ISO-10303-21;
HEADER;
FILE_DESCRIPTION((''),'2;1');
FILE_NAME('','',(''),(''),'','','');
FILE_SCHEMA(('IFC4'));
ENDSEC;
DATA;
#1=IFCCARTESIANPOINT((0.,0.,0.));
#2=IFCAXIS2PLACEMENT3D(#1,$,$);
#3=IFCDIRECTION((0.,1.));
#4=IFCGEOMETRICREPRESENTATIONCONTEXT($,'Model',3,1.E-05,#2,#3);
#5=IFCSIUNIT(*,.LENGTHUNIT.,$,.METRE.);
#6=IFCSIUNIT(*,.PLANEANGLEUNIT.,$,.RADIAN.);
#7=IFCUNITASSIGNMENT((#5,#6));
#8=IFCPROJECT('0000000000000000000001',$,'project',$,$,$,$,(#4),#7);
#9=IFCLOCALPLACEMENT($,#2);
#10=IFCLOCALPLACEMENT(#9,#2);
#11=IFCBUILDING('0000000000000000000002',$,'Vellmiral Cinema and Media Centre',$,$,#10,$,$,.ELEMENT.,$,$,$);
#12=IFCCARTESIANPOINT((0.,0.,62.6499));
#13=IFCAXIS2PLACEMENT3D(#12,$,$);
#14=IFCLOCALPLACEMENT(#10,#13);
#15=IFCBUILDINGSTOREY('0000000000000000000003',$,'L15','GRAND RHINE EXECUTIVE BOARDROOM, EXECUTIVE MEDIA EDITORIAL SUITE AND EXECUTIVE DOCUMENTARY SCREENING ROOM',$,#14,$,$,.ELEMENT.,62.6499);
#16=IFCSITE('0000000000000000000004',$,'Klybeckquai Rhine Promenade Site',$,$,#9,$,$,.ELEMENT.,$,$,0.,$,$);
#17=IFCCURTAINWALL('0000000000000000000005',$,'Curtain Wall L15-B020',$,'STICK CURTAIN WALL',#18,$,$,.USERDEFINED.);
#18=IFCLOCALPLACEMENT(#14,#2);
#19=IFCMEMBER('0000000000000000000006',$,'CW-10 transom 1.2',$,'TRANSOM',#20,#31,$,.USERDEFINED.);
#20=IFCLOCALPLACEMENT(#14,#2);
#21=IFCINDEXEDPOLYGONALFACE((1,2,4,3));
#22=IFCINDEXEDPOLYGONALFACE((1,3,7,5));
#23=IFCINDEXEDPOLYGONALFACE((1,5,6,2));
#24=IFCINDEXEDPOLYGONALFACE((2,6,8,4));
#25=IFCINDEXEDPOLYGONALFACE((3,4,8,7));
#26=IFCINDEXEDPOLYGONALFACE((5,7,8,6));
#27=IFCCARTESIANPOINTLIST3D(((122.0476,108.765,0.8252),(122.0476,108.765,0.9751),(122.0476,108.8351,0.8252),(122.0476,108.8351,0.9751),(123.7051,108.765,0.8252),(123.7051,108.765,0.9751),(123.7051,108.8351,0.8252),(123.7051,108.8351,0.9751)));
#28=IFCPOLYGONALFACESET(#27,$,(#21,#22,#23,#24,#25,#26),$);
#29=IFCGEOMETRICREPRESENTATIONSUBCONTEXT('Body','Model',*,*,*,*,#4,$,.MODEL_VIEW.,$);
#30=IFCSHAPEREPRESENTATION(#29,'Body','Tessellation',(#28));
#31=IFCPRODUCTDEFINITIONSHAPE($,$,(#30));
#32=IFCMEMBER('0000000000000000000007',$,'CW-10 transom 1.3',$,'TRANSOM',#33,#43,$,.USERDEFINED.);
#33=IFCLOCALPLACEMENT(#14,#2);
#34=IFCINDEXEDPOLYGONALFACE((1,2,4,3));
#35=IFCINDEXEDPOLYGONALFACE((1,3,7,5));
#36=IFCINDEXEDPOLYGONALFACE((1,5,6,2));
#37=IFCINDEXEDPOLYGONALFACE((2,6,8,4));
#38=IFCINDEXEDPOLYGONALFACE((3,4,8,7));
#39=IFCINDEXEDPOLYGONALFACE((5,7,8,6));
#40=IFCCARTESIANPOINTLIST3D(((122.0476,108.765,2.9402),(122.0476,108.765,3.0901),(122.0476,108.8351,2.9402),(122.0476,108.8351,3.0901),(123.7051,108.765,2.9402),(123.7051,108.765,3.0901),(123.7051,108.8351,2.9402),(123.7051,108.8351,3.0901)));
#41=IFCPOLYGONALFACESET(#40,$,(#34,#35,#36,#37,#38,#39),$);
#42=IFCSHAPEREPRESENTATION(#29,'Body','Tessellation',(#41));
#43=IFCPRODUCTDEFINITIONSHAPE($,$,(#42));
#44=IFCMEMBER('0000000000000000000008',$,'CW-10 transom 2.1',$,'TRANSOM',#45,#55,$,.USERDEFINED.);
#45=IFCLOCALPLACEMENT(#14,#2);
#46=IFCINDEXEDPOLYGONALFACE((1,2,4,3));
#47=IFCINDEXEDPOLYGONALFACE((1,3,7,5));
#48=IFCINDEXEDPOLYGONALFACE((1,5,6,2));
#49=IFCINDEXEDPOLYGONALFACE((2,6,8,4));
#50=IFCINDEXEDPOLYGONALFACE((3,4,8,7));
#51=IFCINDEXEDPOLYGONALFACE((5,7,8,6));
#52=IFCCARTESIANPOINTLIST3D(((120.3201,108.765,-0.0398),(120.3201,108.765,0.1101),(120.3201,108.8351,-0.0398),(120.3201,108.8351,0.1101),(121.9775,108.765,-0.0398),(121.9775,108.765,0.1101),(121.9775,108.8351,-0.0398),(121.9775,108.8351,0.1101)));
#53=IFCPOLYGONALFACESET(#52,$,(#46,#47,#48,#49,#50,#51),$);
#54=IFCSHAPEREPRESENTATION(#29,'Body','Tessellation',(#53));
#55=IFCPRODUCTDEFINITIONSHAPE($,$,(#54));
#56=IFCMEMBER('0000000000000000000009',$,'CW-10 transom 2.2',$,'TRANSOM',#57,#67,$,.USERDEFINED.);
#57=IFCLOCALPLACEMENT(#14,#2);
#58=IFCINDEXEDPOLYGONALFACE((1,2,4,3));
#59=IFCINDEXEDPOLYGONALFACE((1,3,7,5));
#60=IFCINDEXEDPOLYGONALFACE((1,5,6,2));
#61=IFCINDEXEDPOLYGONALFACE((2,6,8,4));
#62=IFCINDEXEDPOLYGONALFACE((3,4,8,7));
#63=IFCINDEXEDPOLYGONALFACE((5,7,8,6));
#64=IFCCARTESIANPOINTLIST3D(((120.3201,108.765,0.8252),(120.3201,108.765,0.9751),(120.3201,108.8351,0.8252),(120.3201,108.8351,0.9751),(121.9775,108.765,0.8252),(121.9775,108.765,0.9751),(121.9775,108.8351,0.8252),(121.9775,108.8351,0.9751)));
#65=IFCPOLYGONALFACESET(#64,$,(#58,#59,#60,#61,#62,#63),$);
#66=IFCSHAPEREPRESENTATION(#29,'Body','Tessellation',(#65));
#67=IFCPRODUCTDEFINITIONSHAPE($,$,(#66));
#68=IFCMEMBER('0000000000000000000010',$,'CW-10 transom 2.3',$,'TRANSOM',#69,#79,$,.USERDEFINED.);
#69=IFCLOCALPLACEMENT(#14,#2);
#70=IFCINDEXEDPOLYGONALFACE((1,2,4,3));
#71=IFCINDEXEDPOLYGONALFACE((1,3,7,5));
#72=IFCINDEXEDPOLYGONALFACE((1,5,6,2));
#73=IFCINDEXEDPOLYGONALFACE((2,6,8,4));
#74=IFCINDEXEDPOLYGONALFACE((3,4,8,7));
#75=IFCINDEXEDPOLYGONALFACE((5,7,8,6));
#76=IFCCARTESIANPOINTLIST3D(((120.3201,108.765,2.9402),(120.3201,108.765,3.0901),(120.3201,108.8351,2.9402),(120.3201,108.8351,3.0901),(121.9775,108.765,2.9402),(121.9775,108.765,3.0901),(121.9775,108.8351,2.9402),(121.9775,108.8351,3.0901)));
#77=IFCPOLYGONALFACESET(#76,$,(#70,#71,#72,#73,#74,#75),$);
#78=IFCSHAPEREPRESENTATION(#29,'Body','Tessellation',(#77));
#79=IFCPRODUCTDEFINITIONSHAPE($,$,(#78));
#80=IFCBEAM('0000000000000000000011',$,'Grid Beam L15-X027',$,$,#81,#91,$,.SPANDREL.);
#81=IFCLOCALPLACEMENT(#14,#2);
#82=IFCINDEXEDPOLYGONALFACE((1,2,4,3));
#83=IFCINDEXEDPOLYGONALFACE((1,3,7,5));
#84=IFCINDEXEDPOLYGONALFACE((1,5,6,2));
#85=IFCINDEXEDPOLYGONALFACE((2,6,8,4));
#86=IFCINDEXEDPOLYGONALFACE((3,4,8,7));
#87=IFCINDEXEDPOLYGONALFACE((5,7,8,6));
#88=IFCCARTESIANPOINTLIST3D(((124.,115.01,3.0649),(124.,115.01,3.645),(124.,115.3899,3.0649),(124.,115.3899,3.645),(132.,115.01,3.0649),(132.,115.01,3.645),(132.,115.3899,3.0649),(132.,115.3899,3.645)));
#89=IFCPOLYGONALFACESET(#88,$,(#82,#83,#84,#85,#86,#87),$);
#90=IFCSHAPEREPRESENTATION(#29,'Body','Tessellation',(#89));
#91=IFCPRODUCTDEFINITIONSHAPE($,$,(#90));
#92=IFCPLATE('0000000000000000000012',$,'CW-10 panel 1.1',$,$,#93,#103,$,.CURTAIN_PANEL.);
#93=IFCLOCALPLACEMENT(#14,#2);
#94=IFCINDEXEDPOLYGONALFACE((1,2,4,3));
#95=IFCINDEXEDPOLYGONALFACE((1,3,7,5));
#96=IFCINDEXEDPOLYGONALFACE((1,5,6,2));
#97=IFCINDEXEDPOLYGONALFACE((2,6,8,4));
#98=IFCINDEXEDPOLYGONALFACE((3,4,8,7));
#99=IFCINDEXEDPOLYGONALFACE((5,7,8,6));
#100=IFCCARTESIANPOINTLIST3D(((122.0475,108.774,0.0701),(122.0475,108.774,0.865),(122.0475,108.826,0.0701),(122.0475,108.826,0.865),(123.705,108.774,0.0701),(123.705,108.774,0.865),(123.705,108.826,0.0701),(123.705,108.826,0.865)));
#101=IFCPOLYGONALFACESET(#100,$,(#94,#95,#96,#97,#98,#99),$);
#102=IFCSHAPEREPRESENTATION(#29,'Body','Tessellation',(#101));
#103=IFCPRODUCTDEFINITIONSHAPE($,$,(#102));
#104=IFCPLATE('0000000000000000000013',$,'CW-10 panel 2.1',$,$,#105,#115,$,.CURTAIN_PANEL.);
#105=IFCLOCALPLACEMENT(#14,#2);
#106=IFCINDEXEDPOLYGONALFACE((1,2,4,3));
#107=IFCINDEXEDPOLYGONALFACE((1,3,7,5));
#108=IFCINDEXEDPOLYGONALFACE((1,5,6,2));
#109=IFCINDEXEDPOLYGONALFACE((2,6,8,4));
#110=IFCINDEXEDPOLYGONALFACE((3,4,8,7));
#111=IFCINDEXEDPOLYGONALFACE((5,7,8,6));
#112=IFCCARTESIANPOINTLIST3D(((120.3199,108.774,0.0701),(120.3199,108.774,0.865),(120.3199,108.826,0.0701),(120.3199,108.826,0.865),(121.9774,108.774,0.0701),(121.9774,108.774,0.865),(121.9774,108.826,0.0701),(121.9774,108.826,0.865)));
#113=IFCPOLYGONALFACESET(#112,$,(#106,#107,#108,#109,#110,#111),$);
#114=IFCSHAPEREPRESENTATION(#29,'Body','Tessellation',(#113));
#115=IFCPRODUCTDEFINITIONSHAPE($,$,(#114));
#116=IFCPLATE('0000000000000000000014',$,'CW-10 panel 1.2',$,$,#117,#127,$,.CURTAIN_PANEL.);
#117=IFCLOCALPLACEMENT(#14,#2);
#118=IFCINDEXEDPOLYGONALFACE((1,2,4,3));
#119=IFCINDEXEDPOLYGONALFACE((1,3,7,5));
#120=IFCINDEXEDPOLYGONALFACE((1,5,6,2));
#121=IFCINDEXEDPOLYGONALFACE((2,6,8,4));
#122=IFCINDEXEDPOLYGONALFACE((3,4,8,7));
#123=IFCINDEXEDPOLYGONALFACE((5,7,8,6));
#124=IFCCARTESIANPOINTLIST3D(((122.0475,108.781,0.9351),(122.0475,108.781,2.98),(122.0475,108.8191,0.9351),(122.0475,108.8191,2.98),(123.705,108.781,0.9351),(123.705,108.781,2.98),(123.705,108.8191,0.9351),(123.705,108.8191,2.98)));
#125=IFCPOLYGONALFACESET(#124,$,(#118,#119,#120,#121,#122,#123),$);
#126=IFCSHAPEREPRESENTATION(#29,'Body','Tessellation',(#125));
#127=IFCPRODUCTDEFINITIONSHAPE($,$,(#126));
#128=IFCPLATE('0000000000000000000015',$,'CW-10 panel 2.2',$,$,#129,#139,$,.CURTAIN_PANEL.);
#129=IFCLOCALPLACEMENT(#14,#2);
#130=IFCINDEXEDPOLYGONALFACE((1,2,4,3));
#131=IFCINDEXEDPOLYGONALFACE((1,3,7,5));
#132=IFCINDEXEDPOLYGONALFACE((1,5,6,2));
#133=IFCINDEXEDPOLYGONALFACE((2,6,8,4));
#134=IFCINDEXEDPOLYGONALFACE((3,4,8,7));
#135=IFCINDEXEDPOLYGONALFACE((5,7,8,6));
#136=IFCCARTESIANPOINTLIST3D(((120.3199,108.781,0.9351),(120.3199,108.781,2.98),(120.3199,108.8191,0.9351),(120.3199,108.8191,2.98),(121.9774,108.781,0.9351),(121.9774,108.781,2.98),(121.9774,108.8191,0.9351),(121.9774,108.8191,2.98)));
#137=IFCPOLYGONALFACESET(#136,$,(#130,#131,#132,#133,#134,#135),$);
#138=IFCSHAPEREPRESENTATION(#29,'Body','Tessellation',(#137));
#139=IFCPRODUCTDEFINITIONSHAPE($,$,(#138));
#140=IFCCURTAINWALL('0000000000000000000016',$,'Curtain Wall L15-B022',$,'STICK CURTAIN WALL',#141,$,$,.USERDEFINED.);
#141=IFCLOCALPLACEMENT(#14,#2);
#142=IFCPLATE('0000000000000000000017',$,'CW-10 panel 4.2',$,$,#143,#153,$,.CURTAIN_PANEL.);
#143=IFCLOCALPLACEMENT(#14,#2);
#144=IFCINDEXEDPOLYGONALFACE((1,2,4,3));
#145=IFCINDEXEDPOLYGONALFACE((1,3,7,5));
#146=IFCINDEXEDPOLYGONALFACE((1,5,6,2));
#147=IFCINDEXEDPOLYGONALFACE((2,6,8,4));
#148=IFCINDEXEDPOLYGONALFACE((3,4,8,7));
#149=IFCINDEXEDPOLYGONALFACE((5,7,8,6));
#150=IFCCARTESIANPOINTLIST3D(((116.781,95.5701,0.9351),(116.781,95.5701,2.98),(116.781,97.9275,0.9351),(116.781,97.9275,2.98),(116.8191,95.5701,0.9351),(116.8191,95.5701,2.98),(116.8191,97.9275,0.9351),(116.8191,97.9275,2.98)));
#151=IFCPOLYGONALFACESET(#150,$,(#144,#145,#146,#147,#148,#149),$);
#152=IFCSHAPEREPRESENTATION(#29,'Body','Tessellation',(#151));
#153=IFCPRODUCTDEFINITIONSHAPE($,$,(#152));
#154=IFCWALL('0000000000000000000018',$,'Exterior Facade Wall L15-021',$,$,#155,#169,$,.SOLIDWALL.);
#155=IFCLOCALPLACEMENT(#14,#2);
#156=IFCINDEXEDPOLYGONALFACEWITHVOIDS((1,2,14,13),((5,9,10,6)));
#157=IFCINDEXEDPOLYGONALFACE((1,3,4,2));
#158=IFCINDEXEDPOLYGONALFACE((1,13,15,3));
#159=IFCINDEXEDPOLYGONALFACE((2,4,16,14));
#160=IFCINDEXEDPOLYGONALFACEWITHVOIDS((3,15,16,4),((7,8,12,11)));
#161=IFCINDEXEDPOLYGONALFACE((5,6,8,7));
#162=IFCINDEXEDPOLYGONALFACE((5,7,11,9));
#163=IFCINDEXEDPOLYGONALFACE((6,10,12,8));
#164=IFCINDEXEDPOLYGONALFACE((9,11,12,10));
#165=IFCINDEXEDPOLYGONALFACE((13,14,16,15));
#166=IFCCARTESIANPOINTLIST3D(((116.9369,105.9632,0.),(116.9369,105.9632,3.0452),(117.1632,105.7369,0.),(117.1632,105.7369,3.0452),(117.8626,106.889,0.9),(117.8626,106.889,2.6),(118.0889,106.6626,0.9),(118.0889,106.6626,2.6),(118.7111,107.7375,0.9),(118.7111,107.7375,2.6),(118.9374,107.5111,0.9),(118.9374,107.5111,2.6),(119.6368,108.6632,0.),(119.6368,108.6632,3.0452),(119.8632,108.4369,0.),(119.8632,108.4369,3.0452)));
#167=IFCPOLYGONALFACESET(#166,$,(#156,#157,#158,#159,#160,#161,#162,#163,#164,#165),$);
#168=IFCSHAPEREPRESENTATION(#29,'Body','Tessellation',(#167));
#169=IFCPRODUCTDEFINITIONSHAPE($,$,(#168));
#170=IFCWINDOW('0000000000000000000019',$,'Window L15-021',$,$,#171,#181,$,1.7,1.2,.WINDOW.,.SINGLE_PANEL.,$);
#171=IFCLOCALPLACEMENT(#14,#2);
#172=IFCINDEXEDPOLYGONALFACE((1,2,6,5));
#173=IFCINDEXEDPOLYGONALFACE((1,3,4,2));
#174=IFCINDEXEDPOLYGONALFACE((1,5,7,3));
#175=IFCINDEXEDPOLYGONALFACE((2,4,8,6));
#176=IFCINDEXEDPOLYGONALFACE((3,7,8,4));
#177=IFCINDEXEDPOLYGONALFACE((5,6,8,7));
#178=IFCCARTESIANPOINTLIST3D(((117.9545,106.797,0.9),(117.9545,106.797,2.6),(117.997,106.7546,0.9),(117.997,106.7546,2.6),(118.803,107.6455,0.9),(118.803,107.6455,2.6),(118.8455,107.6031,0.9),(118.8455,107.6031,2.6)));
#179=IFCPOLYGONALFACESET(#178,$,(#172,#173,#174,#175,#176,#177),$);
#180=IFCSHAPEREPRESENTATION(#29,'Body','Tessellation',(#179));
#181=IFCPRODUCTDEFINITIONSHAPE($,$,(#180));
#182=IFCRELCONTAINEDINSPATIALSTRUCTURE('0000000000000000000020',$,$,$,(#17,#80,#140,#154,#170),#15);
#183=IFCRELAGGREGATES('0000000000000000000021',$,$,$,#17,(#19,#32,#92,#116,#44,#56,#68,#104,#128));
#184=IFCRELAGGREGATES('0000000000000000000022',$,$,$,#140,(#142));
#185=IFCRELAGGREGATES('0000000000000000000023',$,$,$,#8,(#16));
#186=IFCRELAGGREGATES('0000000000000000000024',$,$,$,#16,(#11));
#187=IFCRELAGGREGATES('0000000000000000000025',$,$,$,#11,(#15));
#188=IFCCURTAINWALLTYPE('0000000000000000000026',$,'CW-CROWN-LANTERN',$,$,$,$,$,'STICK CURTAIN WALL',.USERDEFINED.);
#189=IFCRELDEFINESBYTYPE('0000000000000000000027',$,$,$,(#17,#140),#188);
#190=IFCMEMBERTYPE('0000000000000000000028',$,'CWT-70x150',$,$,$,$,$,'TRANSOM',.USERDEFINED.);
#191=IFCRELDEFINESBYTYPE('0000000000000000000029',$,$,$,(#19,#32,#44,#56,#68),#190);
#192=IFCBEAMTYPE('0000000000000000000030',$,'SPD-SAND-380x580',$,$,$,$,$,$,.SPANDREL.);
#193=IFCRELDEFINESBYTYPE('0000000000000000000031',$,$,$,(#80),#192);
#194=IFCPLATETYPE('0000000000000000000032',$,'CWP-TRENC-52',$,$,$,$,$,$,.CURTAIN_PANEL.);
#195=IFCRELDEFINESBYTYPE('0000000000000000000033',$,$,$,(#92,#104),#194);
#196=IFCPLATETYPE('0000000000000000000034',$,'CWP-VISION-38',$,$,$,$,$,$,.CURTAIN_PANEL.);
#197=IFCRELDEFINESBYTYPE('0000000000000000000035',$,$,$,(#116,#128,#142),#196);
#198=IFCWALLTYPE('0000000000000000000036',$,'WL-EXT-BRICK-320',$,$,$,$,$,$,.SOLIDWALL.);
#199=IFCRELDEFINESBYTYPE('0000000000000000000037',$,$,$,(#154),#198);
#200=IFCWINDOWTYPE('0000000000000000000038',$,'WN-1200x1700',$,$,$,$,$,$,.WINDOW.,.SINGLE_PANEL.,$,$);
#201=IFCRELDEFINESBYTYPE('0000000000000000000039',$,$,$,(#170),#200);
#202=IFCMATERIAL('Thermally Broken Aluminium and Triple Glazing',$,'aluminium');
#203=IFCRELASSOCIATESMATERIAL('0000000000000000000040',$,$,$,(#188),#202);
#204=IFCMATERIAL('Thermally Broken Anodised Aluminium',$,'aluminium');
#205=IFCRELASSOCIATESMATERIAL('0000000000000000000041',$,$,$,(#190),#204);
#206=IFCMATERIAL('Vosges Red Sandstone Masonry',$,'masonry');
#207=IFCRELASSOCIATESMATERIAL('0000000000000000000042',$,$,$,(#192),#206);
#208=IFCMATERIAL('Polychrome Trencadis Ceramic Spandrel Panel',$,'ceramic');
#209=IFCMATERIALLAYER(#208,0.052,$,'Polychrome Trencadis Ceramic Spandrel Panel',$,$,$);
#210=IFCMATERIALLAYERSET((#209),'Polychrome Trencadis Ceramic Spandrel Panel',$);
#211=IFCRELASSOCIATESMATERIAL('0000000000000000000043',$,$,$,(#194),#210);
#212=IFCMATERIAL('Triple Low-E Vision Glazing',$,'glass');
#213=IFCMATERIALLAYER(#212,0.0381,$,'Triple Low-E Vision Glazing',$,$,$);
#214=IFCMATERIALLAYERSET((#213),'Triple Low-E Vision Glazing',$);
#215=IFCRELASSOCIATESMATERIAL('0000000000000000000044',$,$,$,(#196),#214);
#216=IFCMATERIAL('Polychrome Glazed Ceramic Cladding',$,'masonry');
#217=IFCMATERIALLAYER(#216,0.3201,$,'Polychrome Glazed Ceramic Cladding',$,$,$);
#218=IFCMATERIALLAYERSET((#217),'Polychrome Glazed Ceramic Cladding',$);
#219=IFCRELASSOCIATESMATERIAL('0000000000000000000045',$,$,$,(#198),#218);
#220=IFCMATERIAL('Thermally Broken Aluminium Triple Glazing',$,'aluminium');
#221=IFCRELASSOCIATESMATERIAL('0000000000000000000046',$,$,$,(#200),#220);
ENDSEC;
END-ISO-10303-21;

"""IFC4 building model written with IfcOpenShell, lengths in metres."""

from ifc_helpers import new_model, si_unit, direction, frame, frame_2d, origin, origin_2d, place, context, subcontext, project, spatial, rectangle, extrude, material, layer, layer_set, material_profile, profile_set, type_object, element, fill, aggregate, save


model = new_model("IFC4")

# Units and contexts
model_context = context("Model", 3, precision=1e-05, world=origin(), true_north=direction((0.0, 1.0)))
body_context = subcontext(model_context, "Body", "Model", "MODEL_VIEW")
ifc_project = project(units=[si_unit("LENGTHUNIT", "METRE"), si_unit("PLANEANGLEUNIT", "RADIAN")], contexts=[model_context])

# Site, building, storey
site_placement = place(None, origin())
site = spatial("IfcSite", under=ifc_project, at=site_placement, Name="Klybeckquai Rhine Promenade Site", CompositionType="ELEMENT", RefElevation=0.0)
building_placement = place(site_placement, origin())
building = spatial("IfcBuilding", under=site, at=building_placement, Name="Vellmiral Cinema and Media Centre", CompositionType="ELEMENT")
storey_placement = place(building_placement, frame((0.0, 0.0, 62.6499)))
storey = spatial("IfcBuildingStorey", under=building, at=storey_placement, Name="L15", Description="GRAND RHINE EXECUTIVE BOARDROOM, EXECUTIVE MEDIA EDITORIAL SUITE AND EXECUTIVE DOCUMENTARY SCREENING ROOM", CompositionType="ELEMENT", Elevation=62.6499)

# Curtain wall, members
ifc_material_1 = material(Name="Thermally Broken Aluminium and Triple Glazing", Category="aluminium")
curtain_wall_type = type_object("IfcCurtainWallType", Name="CW-CROWN-LANTERN", ElementType="STICK CURTAIN WALL", PredefinedType="USERDEFINED", material=ifc_material_1)
curtain_wall_1_placement = place(storey_placement, origin())
curtain_wall_1 = element("IfcCurtainWall", 1, at=curtain_wall_1_placement, inside=storey, type_object=curtain_wall_type, Name="Curtain Wall L15-B020", ObjectType="STICK CURTAIN WALL", PredefinedType="USERDEFINED")
ifc_material_2 = material(Name="Thermally Broken Anodised Aluminium", Category="aluminium")
ifc_material_profile_1 = material_profile(ifc_material_2, rectangle(XDim=0.0701, YDim=0.1499, at=origin_2d()), Name="MULL 70x150")
ifc_profile_set_1 = profile_set([ifc_material_profile_1], Name="Thermally Broken Anodised Aluminium")
member_type_1 = type_object("IfcMemberType", Name="CWT-70x150", ElementType="TRANSOM", PredefinedType="USERDEFINED", material=ifc_profile_set_1)
member_1_placement = place(storey_placement, frame((123.7051, 108.8, 0.9001), z_axis=(-1.0, 0.0, 0.0), x_axis=(0.0, -1.0, 0.0)))
member_1 = element("IfcMember", 2, at=member_1_placement, type_object=member_type_1, Name="CW-10 transom 1.2", ObjectType="TRANSOM", PredefinedType="USERDEFINED", context=body_context, shape_type="SweptSolid", body=[
    extrude(rectangle(XDim=0.0701, YDim=0.1499, at=origin_2d()), origin(), (0.0, 0.0, 1.0), 1.6575),
])
member_2_placement = place(storey_placement, frame((123.7051, 108.8, 3.0151), z_axis=(-1.0, 0.0, 0.0), x_axis=(0.0, -1.0, 0.0)))
member_2 = element("IfcMember", 3, at=member_2_placement, type_object=member_type_1, Name="CW-10 transom 1.3", ObjectType="TRANSOM", PredefinedType="USERDEFINED", context=body_context, shape_type="SweptSolid", body=[
    extrude(rectangle(XDim=0.0701, YDim=0.1499, at=origin_2d()), origin(), (0.0, 0.0, 1.0), 1.6575),
])
member_3_placement = place(storey_placement, frame((121.9775, 108.8, 0.0352), z_axis=(-1.0, 0.0, 0.0), x_axis=(0.0, -1.0, 0.0)))
member_3 = element("IfcMember", 4, at=member_3_placement, type_object=member_type_1, Name="CW-10 transom 2.1", ObjectType="TRANSOM", PredefinedType="USERDEFINED", context=body_context, shape_type="SweptSolid", body=[
    extrude(rectangle(XDim=0.0701, YDim=0.1499, at=origin_2d()), origin(), (0.0, 0.0, 1.0), 1.6575),
])
member_4_placement = place(storey_placement, frame((121.9775, 108.8, 0.9001), z_axis=(-1.0, 0.0, 0.0), x_axis=(0.0, -1.0, 0.0)))
member_4 = element("IfcMember", 5, at=member_4_placement, type_object=member_type_1, Name="CW-10 transom 2.2", ObjectType="TRANSOM", PredefinedType="USERDEFINED", context=body_context, shape_type="SweptSolid", body=[
    extrude(rectangle(XDim=0.0701, YDim=0.1499, at=origin_2d()), origin(), (0.0, 0.0, 1.0), 1.6575),
])
member_5_placement = place(storey_placement, frame((121.9775, 108.8, 3.0151), z_axis=(-1.0, 0.0, 0.0), x_axis=(0.0, -1.0, 0.0)))
member_5 = element("IfcMember", 6, at=member_5_placement, type_object=member_type_1, Name="CW-10 transom 2.3", ObjectType="TRANSOM", PredefinedType="USERDEFINED", context=body_context, shape_type="SweptSolid", body=[
    extrude(rectangle(XDim=0.0701, YDim=0.1499, at=origin_2d()), origin(), (0.0, 0.0, 1.0), 1.6575),
])

# Beam
ifc_material_3 = material(Name="Vosges Red Sandstone Masonry", Category="masonry")
ifc_material_profile_2 = material_profile(ifc_material_3, rectangle(XDim=0.3799, YDim=0.5801, at=origin_2d()), Name="SAND 380x580")
ifc_profile_set_2 = profile_set([ifc_material_profile_2], Name="Vosges Red Sandstone Masonry")
beam_type_1 = type_object("IfcBeamType", Name="SPD-SAND-380x580", PredefinedType="SPANDREL", material=ifc_profile_set_2)
beam_1_placement = place(storey_placement, frame((124.0, 115.2, 3.355), z_axis=(1.0, 0.0, 0.0), x_axis=(0.0, 1.0, 0.0)))
element("IfcBeam", 7, at=beam_1_placement, inside=storey, type_object=beam_type_1, Name="Grid Beam L15-X027", PredefinedType="SPANDREL", context=body_context, shape_type="SweptSolid", body=[
    extrude(rectangle(XDim=0.3799, YDim=0.5801, at=origin_2d()), origin(), (0.0, 0.0, 1.0), 8.0),
])

# Plates
ifc_material_4 = material(Name="Polychrome Trencadis Ceramic Spandrel Panel", Category="ceramic")
ifc_layer_1 = layer(ifc_material_4, 0.052, Name="Polychrome Trencadis Ceramic Spandrel Panel")
ifc_layer_set_1 = layer_set([ifc_layer_1], Name="Polychrome Trencadis Ceramic Spandrel Panel")
plate_type_1 = type_object("IfcPlateType", Name="CWP-TRENC-52", PredefinedType="CURTAIN_PANEL", material=ifc_layer_set_1)
plate_1_placement = place(storey_placement, frame((122.8762, 108.8, 0.0701), z_axis=(0.0, 0.0, 1.0), x_axis=(-1.0, 0.0, 0.0)))
plate_1 = element("IfcPlate", 8, at=plate_1_placement, type_object=plate_type_1, Name="CW-10 panel 1.1", PredefinedType="CURTAIN_PANEL", context=body_context, shape_type="SweptSolid", body=[
    extrude(rectangle(XDim=1.6575, YDim=0.052, at=origin_2d()), origin(), (0.0, 0.0, 1.0), 0.7949),
])
plate_2_placement = place(storey_placement, frame((121.1487, 108.8, 0.0701), z_axis=(0.0, 0.0, 1.0), x_axis=(-1.0, 0.0, 0.0)))
plate_2 = element("IfcPlate", 9, at=plate_2_placement, type_object=plate_type_1, Name="CW-10 panel 2.1", PredefinedType="CURTAIN_PANEL", context=body_context, shape_type="SweptSolid", body=[
    extrude(rectangle(XDim=1.6575, YDim=0.052, at=origin_2d()), origin(), (0.0, 0.0, 1.0), 0.7949),
])
ifc_material_5 = material(Name="Triple Low-E Vision Glazing", Category="glass")
ifc_layer_2 = layer(ifc_material_5, 0.0381, Name="Triple Low-E Vision Glazing")
ifc_layer_set_2 = layer_set([ifc_layer_2], Name="Triple Low-E Vision Glazing")
plate_type_2 = type_object("IfcPlateType", Name="CWP-VISION-38", PredefinedType="CURTAIN_PANEL", material=ifc_layer_set_2)
plate_3_placement = place(storey_placement, frame((122.8762, 108.8, 0.9351), z_axis=(0.0, 0.0, 1.0), x_axis=(-1.0, 0.0, 0.0)))
plate_3 = element("IfcPlate", 10, at=plate_3_placement, type_object=plate_type_2, Name="CW-10 panel 1.2", PredefinedType="CURTAIN_PANEL", context=body_context, shape_type="SweptSolid", body=[
    extrude(rectangle(XDim=1.6575, YDim=0.0381, at=origin_2d()), origin(), (0.0, 0.0, 1.0), 2.0449),
])
plate_4_placement = place(storey_placement, frame((121.1487, 108.8, 0.9351), z_axis=(0.0, 0.0, 1.0), x_axis=(-1.0, 0.0, 0.0)))
plate_4 = element("IfcPlate", 11, at=plate_4_placement, type_object=plate_type_2, Name="CW-10 panel 2.2", PredefinedType="CURTAIN_PANEL", context=body_context, shape_type="SweptSolid", body=[
    extrude(rectangle(XDim=1.6575, YDim=0.0381, at=origin_2d()), origin(), (0.0, 0.0, 1.0), 2.0449),
])
aggregate(curtain_wall_1, [member_1, member_2, plate_1, plate_3, member_3, member_4, member_5, plate_2, plate_4])

# Curtain wall, plate
curtain_wall_2_placement = place(storey_placement, origin())
curtain_wall_2 = element("IfcCurtainWall", 12, at=curtain_wall_2_placement, inside=storey, type_object=curtain_wall_type, Name="Curtain Wall L15-B022", ObjectType="STICK CURTAIN WALL", PredefinedType="USERDEFINED")
plate_5_placement = place(storey_placement, frame((116.8, 96.7488, 0.9351), z_axis=(0.0, 0.0, 1.0), x_axis=(0.0, -1.0, 0.0)))
plate_5 = element("IfcPlate", 13, at=plate_5_placement, type_object=plate_type_2, Name="CW-10 panel 4.2", PredefinedType="CURTAIN_PANEL", context=body_context, shape_type="SweptSolid", body=[
    extrude(rectangle(XDim=2.3574, YDim=0.0381, at=origin_2d()), origin(), (0.0, 0.0, 1.0), 2.0449),
])
aggregate(curtain_wall_2, [plate_5])

# Wall, opening, window
ifc_material_6 = material(Name="Polychrome Glazed Ceramic Cladding", Category="masonry")
ifc_layer_3 = layer(ifc_material_6, 0.3201, Name="Polychrome Glazed Ceramic Cladding")
ifc_layer_set_3 = layer_set([ifc_layer_3], Name="Polychrome Glazed Ceramic Cladding")
wall_type_1 = type_object("IfcWallType", Name="WL-EXT-BRICK-320", PredefinedType="SOLIDWALL", material=ifc_layer_set_3)
wall_1_placement = place(storey_placement, frame((119.75, 108.55, 0.0), z_axis=(0.0, 0.0, 1.0), x_axis=(-0.707107, -0.707107, 0.0)))
wall_1 = element("IfcWall", 14, at=wall_1_placement, inside=storey, type_object=wall_type_1, Name="Exterior Facade Wall L15-021", PredefinedType="SOLIDWALL", context=body_context, shape_type="SweptSolid", body=[
    extrude(rectangle(XDim=3.8184, YDim=0.3201, at=frame_2d((1.9092, 0.0))), origin(), (0.0, 0.0, 1.0), 3.0452),
])
opening_1_placement = place(wall_1_placement, frame((1.3091, 0.0, 0.8999)))
opening_1 = element("IfcOpeningElement", 15, at=opening_1_placement, cuts=wall_1, PredefinedType="OPENING", context=body_context, shape_type="SweptSolid", body=[
    extrude(rectangle(XDim=1.2, YDim=1.7, at=frame_2d((0.6001, 0.8501))), frame((0.0, 0.1719, 0.0), z_axis=(0.0, -1.0, 0.0), x_axis=(1.0, 0.0, 0.0)), (0.0, 0.0, 1.0), 0.344),
])
ifc_material_7 = material(Name="Thermally Broken Aluminium Triple Glazing", Category="aluminium")
window_type_1 = type_object("IfcWindowType", Name="WN-1200x1700", PartitioningType="SINGLE_PANEL", PredefinedType="WINDOW", material=ifc_material_7)
window_1_placement = place(opening_1_placement, origin())
window_1 = element("IfcWindow", 16, at=window_1_placement, inside=storey, type_object=window_type_1, Name="Window L15-021", OverallHeight=1.7, OverallWidth=1.2, PartitioningType="SINGLE_PANEL", PredefinedType="WINDOW", context=body_context, shape_type="SweptSolid", body=[
    extrude(rectangle(XDim=1.2, YDim=1.7, at=frame_2d((0.6001, 0.8501))), frame((0.0, 0.03, 0.0), z_axis=(0.0, -1.0, 0.0), x_axis=(1.0, 0.0, 0.0)), (0.0, 0.0, 1.0), 0.0601),
])
fill(opening_1, window_1)

save(model, "model.ifc")
